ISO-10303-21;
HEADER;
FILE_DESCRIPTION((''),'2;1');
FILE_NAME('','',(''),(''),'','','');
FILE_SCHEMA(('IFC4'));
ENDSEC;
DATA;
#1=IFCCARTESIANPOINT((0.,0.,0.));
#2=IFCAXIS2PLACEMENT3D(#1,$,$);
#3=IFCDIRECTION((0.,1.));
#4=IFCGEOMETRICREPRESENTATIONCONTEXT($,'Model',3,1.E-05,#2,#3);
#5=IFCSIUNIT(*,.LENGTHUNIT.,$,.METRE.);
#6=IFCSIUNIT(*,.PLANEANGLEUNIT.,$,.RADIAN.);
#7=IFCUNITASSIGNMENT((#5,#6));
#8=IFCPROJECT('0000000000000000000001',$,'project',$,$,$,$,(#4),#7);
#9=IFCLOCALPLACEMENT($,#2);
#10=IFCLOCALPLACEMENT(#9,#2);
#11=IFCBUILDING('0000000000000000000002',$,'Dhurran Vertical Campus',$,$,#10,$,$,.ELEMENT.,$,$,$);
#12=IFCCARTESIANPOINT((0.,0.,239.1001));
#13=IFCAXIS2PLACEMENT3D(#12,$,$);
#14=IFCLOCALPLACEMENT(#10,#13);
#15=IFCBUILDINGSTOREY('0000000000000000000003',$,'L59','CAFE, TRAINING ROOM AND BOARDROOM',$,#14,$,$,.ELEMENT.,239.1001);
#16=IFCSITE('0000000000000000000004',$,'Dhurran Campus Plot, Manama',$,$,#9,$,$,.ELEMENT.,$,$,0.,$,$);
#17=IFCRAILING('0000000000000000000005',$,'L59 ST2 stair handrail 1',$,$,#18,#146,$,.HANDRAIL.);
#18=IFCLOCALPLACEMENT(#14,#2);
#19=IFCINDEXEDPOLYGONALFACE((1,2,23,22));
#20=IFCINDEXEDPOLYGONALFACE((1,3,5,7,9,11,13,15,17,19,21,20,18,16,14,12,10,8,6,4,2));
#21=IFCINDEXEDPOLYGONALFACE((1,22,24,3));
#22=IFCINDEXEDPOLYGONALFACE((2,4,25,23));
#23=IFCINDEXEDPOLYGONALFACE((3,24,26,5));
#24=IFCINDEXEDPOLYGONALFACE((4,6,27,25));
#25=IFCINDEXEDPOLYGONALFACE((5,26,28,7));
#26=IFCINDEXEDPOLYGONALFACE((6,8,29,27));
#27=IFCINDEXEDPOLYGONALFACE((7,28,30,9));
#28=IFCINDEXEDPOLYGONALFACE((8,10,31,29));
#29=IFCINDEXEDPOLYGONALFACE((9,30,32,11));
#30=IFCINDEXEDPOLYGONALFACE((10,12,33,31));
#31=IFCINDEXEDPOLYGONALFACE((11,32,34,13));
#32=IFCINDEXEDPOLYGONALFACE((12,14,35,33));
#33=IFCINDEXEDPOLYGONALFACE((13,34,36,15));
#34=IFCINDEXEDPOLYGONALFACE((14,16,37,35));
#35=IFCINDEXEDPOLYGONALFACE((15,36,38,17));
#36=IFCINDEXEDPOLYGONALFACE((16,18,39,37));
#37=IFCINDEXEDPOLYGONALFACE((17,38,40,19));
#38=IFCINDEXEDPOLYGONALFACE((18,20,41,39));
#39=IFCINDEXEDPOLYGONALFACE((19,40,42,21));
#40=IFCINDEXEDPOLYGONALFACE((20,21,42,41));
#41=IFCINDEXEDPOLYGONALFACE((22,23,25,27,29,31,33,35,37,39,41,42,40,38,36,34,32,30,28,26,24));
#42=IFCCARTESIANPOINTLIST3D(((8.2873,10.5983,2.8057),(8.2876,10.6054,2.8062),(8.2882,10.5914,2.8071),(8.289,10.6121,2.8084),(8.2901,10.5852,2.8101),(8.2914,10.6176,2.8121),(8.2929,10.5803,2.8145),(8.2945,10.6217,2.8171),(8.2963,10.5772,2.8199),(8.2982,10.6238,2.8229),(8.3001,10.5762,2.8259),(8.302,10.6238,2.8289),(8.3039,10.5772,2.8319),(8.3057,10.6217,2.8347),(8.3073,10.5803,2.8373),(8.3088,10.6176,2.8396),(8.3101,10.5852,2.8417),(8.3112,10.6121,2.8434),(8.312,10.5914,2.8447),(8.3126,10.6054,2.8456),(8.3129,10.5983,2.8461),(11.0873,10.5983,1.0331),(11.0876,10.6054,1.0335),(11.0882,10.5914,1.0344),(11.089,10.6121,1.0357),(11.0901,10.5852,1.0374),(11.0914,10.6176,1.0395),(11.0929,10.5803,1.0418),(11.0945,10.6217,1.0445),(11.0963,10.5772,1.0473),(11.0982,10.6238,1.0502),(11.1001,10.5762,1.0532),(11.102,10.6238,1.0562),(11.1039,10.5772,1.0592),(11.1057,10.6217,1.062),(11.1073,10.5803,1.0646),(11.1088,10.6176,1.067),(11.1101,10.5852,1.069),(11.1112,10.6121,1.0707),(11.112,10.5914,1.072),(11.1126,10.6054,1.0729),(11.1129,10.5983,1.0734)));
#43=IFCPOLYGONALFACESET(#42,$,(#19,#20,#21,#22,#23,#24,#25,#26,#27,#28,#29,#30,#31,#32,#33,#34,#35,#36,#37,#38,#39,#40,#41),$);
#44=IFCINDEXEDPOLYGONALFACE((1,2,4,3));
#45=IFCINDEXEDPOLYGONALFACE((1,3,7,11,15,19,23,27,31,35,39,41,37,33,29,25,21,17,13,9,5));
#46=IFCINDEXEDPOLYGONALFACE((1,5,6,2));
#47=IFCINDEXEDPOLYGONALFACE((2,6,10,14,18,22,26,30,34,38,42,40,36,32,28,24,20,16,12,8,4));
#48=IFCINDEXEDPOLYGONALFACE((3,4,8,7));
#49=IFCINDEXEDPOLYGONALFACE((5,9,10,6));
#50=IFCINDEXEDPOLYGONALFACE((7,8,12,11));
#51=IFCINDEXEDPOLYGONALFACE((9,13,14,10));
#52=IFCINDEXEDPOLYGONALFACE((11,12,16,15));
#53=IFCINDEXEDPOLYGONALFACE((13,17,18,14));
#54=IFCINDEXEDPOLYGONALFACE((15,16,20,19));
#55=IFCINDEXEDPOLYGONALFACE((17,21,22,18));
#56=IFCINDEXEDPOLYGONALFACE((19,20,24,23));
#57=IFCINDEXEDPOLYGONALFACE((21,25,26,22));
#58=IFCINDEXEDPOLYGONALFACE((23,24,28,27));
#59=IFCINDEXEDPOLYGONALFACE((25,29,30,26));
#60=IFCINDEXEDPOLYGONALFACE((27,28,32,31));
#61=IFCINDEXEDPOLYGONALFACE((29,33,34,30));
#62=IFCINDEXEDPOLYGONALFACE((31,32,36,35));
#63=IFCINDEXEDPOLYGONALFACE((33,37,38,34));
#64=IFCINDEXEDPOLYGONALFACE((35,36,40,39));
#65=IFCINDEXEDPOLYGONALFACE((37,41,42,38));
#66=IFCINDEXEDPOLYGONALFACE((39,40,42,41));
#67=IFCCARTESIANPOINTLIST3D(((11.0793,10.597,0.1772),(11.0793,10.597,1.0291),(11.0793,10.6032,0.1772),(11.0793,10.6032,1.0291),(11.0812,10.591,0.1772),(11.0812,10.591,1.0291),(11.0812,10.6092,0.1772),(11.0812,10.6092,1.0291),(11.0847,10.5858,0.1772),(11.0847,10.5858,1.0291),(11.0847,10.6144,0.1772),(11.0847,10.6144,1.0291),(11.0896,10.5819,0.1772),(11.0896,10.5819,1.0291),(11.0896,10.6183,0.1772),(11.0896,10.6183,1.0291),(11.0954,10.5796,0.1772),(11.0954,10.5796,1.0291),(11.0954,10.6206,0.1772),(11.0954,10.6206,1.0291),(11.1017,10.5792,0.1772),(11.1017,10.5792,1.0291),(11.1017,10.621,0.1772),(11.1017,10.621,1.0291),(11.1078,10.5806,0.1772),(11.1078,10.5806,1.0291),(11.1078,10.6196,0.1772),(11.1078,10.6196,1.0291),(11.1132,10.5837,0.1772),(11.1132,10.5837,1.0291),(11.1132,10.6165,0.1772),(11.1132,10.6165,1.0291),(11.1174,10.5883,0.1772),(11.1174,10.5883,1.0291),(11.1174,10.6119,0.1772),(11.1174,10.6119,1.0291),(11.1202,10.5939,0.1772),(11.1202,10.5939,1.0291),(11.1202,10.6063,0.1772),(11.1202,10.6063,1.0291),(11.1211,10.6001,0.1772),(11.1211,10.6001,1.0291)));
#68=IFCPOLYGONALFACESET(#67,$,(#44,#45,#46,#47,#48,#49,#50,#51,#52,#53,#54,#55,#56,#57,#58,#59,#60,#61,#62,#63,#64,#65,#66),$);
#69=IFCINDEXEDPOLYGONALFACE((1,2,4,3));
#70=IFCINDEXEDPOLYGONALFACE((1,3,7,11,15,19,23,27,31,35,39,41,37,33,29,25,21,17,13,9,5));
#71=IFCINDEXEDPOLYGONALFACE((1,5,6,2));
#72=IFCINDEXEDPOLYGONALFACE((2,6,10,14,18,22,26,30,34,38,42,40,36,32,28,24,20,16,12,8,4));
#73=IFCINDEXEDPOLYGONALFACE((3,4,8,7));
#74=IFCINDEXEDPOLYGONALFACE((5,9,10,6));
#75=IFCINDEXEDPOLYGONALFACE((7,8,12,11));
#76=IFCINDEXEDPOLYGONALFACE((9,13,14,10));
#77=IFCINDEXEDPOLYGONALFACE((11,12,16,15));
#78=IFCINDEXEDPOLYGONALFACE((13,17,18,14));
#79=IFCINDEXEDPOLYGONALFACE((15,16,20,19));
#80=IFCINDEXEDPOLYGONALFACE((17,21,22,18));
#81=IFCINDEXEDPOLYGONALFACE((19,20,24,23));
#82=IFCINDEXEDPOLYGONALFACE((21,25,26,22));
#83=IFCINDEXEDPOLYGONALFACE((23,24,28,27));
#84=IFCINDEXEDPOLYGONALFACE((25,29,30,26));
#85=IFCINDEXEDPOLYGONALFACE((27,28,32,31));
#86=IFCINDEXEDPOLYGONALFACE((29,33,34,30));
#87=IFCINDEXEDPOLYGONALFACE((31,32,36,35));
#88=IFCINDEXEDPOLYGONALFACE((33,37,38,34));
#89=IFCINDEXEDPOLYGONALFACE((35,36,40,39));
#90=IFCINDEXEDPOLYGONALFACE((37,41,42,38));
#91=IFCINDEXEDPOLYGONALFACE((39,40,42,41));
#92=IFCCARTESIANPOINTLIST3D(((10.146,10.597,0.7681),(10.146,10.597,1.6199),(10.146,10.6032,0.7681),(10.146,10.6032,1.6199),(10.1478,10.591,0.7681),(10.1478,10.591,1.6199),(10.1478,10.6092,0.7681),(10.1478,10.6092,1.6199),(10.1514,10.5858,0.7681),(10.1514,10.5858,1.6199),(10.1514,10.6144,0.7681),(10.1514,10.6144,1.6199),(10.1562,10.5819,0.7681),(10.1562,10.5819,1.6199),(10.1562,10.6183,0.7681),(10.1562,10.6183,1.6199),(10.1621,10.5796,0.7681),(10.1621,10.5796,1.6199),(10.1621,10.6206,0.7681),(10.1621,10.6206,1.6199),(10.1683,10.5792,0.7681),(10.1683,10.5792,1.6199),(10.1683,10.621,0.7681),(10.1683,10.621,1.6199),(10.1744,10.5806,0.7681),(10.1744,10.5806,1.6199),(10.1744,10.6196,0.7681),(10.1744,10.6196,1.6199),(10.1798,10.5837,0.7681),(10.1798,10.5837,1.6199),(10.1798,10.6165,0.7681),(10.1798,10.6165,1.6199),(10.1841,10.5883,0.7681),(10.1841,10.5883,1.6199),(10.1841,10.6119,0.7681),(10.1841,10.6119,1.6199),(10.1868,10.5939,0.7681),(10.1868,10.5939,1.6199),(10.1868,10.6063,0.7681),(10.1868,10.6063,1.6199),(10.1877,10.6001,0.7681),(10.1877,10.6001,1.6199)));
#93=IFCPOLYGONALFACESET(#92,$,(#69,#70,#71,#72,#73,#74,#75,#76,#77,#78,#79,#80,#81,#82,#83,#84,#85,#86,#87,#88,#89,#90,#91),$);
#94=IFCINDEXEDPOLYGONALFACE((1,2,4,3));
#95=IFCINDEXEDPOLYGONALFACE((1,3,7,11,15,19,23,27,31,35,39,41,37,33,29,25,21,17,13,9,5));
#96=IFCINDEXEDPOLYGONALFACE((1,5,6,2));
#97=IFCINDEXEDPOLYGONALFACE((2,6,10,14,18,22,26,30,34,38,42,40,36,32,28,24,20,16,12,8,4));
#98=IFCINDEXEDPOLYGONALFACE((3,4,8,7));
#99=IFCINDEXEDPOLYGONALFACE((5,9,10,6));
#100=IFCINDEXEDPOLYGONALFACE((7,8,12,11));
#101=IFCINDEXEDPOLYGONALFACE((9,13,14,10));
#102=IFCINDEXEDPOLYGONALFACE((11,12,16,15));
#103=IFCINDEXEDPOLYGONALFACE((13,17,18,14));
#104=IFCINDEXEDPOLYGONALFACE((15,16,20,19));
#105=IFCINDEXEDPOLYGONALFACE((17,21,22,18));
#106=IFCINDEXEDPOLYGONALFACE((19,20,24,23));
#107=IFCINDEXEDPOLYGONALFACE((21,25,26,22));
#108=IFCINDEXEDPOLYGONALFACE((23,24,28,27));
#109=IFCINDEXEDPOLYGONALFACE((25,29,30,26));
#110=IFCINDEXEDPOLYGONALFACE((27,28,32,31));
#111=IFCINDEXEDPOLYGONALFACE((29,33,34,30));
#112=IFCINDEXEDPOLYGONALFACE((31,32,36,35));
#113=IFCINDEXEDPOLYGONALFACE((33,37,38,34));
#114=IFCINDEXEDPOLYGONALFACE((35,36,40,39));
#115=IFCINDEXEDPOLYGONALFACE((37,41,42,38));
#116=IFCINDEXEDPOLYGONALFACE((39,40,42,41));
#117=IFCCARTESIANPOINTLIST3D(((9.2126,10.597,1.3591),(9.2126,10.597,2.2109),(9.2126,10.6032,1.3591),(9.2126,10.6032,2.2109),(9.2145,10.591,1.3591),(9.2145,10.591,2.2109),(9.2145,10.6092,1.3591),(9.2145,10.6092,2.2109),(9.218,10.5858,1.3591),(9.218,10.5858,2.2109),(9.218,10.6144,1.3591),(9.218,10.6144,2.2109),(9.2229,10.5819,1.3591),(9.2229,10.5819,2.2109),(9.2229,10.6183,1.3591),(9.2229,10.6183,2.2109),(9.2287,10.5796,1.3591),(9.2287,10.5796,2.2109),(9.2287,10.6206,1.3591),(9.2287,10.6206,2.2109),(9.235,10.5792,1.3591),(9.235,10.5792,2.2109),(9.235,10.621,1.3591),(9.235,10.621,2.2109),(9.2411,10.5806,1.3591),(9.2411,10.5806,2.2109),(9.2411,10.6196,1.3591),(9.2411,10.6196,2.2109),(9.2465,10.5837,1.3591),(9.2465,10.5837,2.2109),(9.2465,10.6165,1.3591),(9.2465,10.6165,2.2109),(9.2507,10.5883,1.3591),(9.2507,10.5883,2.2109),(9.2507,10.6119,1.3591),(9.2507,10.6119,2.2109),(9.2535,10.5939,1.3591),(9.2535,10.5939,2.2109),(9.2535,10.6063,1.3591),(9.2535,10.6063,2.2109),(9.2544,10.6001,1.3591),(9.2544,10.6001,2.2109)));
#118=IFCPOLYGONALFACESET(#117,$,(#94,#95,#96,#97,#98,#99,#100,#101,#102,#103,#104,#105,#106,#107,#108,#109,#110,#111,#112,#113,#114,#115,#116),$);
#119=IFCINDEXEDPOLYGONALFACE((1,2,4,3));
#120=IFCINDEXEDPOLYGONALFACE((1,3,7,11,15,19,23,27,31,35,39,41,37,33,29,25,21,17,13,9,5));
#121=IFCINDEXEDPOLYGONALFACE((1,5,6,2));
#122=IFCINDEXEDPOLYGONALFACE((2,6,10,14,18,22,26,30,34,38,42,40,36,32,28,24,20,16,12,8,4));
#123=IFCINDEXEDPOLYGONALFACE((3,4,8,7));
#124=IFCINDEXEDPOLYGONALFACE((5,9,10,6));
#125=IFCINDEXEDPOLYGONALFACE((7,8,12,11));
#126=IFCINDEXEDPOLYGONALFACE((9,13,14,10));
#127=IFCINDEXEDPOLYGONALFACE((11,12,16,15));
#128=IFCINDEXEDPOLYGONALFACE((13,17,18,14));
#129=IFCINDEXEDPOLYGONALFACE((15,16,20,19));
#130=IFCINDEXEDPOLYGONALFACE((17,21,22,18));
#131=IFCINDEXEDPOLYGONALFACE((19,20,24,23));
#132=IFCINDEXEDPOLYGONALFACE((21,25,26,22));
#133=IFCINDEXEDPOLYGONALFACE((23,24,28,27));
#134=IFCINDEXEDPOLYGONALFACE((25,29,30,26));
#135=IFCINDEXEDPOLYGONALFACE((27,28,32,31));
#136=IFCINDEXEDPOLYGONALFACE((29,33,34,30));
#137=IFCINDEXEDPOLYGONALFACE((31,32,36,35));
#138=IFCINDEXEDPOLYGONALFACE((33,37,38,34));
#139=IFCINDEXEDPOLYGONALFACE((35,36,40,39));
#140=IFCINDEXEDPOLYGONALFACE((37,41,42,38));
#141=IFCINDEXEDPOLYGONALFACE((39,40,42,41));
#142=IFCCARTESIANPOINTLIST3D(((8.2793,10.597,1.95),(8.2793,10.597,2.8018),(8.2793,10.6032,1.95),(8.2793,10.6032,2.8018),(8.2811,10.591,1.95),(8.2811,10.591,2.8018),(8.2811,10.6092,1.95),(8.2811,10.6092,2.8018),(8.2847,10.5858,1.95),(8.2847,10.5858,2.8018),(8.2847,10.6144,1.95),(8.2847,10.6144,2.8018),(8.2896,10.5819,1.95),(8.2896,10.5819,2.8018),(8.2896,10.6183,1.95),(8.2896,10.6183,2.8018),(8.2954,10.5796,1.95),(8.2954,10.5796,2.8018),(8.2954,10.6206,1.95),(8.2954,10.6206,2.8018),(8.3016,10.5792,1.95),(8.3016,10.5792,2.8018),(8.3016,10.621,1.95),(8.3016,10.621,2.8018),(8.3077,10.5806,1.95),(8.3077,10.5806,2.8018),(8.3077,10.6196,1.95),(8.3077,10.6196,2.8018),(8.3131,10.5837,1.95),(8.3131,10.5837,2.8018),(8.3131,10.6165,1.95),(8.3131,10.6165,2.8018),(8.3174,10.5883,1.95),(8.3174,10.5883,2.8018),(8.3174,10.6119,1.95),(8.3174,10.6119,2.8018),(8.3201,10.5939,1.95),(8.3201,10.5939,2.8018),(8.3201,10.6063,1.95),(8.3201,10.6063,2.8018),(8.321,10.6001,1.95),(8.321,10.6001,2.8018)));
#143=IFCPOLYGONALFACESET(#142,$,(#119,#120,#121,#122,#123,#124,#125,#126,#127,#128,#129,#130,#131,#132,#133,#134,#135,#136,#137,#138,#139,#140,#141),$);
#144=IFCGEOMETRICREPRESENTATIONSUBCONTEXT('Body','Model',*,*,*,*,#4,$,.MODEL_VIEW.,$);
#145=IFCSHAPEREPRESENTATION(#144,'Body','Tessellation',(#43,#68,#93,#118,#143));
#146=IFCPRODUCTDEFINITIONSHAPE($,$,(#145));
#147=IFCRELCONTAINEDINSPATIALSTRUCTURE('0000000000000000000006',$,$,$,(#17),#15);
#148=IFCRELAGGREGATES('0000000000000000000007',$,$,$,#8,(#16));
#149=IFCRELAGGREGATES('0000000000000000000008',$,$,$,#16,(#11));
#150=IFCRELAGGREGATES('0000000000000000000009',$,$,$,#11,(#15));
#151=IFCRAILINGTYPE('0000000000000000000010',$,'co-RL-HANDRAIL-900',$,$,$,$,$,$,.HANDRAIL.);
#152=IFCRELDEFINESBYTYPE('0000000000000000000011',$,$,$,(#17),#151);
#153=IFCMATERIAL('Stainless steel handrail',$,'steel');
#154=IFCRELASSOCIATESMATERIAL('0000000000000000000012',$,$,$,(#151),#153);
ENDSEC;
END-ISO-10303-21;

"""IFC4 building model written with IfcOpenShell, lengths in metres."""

from ifc_helpers import new_model, si_unit, direction, frame, origin, origin_2d, place, context, subcontext, project, spatial, circle, extrude, material, type_object, element, save


model = new_model("IFC4")

# Units and contexts
model_context = context("Model", 3, precision=1e-05, world=origin(), true_north=direction((0.0, 1.0)))
body_context = subcontext(model_context, "Body", "Model", "MODEL_VIEW")
ifc_project = project(units=[si_unit("LENGTHUNIT", "METRE"), si_unit("PLANEANGLEUNIT", "RADIAN")], contexts=[model_context])

# Site, building, storey
site_placement = place(None, origin())
site = spatial("IfcSite", under=ifc_project, at=site_placement, Name="Dhurran Campus Plot, Manama", CompositionType="ELEMENT", RefElevation=0.0)
building_placement = place(site_placement, origin())
building = spatial("IfcBuilding", under=site, at=building_placement, Name="Dhurran Vertical Campus", CompositionType="ELEMENT")
storey_placement = place(building_placement, frame((0.0, 0.0, 239.1001)))
storey = spatial("IfcBuildingStorey", under=building, at=storey_placement, Name="L59", Description="CAFE, TRAINING ROOM AND BOARDROOM", CompositionType="ELEMENT", Elevation=239.1001)

# Railing
ifc_material_1 = material(Name="Stainless steel handrail", Category="steel")
railing_type = type_object("IfcRailingType", Name="co-RL-HANDRAIL-900", PredefinedType="HANDRAIL", material=ifc_material_1)
railing_placement = place(storey_placement, frame((11.1001, 10.6001, 0.1772)))
element("IfcRailing", 1, at=railing_placement, inside=storey, type_object=railing_type, Name="L59 ST2 stair handrail 1", PredefinedType="HANDRAIL", context=body_context, shape_type="SweptSolid", body=[
    extrude(circle(Radius=0.0239, at=origin_2d()), frame((0.0, 0.0, 0.876), z_axis=(-0.844909, 0.0, 0.53491), x_axis=(0.0, -1.0, 0.0)), (0.0, 0.0, 1.0), 3.314),
    extrude(circle(Radius=0.021, at=origin_2d()), origin(), (0.0, 0.0, 1.0), 0.8518),
    extrude(circle(Radius=0.021, at=origin_2d()), frame((-0.9333, 0.0, 0.5908)), (0.0, 0.0, 1.0), 0.8518),
    extrude(circle(Radius=0.021, at=origin_2d()), frame((-1.8667, 0.0, 1.1819)), (0.0, 0.0, 1.0), 0.8518),
    extrude(circle(Radius=0.021, at=origin_2d()), frame((-2.8, 0.0, 1.7727)), (0.0, 0.0, 1.0), 0.8518),
])

save(model, "model.ifc")
